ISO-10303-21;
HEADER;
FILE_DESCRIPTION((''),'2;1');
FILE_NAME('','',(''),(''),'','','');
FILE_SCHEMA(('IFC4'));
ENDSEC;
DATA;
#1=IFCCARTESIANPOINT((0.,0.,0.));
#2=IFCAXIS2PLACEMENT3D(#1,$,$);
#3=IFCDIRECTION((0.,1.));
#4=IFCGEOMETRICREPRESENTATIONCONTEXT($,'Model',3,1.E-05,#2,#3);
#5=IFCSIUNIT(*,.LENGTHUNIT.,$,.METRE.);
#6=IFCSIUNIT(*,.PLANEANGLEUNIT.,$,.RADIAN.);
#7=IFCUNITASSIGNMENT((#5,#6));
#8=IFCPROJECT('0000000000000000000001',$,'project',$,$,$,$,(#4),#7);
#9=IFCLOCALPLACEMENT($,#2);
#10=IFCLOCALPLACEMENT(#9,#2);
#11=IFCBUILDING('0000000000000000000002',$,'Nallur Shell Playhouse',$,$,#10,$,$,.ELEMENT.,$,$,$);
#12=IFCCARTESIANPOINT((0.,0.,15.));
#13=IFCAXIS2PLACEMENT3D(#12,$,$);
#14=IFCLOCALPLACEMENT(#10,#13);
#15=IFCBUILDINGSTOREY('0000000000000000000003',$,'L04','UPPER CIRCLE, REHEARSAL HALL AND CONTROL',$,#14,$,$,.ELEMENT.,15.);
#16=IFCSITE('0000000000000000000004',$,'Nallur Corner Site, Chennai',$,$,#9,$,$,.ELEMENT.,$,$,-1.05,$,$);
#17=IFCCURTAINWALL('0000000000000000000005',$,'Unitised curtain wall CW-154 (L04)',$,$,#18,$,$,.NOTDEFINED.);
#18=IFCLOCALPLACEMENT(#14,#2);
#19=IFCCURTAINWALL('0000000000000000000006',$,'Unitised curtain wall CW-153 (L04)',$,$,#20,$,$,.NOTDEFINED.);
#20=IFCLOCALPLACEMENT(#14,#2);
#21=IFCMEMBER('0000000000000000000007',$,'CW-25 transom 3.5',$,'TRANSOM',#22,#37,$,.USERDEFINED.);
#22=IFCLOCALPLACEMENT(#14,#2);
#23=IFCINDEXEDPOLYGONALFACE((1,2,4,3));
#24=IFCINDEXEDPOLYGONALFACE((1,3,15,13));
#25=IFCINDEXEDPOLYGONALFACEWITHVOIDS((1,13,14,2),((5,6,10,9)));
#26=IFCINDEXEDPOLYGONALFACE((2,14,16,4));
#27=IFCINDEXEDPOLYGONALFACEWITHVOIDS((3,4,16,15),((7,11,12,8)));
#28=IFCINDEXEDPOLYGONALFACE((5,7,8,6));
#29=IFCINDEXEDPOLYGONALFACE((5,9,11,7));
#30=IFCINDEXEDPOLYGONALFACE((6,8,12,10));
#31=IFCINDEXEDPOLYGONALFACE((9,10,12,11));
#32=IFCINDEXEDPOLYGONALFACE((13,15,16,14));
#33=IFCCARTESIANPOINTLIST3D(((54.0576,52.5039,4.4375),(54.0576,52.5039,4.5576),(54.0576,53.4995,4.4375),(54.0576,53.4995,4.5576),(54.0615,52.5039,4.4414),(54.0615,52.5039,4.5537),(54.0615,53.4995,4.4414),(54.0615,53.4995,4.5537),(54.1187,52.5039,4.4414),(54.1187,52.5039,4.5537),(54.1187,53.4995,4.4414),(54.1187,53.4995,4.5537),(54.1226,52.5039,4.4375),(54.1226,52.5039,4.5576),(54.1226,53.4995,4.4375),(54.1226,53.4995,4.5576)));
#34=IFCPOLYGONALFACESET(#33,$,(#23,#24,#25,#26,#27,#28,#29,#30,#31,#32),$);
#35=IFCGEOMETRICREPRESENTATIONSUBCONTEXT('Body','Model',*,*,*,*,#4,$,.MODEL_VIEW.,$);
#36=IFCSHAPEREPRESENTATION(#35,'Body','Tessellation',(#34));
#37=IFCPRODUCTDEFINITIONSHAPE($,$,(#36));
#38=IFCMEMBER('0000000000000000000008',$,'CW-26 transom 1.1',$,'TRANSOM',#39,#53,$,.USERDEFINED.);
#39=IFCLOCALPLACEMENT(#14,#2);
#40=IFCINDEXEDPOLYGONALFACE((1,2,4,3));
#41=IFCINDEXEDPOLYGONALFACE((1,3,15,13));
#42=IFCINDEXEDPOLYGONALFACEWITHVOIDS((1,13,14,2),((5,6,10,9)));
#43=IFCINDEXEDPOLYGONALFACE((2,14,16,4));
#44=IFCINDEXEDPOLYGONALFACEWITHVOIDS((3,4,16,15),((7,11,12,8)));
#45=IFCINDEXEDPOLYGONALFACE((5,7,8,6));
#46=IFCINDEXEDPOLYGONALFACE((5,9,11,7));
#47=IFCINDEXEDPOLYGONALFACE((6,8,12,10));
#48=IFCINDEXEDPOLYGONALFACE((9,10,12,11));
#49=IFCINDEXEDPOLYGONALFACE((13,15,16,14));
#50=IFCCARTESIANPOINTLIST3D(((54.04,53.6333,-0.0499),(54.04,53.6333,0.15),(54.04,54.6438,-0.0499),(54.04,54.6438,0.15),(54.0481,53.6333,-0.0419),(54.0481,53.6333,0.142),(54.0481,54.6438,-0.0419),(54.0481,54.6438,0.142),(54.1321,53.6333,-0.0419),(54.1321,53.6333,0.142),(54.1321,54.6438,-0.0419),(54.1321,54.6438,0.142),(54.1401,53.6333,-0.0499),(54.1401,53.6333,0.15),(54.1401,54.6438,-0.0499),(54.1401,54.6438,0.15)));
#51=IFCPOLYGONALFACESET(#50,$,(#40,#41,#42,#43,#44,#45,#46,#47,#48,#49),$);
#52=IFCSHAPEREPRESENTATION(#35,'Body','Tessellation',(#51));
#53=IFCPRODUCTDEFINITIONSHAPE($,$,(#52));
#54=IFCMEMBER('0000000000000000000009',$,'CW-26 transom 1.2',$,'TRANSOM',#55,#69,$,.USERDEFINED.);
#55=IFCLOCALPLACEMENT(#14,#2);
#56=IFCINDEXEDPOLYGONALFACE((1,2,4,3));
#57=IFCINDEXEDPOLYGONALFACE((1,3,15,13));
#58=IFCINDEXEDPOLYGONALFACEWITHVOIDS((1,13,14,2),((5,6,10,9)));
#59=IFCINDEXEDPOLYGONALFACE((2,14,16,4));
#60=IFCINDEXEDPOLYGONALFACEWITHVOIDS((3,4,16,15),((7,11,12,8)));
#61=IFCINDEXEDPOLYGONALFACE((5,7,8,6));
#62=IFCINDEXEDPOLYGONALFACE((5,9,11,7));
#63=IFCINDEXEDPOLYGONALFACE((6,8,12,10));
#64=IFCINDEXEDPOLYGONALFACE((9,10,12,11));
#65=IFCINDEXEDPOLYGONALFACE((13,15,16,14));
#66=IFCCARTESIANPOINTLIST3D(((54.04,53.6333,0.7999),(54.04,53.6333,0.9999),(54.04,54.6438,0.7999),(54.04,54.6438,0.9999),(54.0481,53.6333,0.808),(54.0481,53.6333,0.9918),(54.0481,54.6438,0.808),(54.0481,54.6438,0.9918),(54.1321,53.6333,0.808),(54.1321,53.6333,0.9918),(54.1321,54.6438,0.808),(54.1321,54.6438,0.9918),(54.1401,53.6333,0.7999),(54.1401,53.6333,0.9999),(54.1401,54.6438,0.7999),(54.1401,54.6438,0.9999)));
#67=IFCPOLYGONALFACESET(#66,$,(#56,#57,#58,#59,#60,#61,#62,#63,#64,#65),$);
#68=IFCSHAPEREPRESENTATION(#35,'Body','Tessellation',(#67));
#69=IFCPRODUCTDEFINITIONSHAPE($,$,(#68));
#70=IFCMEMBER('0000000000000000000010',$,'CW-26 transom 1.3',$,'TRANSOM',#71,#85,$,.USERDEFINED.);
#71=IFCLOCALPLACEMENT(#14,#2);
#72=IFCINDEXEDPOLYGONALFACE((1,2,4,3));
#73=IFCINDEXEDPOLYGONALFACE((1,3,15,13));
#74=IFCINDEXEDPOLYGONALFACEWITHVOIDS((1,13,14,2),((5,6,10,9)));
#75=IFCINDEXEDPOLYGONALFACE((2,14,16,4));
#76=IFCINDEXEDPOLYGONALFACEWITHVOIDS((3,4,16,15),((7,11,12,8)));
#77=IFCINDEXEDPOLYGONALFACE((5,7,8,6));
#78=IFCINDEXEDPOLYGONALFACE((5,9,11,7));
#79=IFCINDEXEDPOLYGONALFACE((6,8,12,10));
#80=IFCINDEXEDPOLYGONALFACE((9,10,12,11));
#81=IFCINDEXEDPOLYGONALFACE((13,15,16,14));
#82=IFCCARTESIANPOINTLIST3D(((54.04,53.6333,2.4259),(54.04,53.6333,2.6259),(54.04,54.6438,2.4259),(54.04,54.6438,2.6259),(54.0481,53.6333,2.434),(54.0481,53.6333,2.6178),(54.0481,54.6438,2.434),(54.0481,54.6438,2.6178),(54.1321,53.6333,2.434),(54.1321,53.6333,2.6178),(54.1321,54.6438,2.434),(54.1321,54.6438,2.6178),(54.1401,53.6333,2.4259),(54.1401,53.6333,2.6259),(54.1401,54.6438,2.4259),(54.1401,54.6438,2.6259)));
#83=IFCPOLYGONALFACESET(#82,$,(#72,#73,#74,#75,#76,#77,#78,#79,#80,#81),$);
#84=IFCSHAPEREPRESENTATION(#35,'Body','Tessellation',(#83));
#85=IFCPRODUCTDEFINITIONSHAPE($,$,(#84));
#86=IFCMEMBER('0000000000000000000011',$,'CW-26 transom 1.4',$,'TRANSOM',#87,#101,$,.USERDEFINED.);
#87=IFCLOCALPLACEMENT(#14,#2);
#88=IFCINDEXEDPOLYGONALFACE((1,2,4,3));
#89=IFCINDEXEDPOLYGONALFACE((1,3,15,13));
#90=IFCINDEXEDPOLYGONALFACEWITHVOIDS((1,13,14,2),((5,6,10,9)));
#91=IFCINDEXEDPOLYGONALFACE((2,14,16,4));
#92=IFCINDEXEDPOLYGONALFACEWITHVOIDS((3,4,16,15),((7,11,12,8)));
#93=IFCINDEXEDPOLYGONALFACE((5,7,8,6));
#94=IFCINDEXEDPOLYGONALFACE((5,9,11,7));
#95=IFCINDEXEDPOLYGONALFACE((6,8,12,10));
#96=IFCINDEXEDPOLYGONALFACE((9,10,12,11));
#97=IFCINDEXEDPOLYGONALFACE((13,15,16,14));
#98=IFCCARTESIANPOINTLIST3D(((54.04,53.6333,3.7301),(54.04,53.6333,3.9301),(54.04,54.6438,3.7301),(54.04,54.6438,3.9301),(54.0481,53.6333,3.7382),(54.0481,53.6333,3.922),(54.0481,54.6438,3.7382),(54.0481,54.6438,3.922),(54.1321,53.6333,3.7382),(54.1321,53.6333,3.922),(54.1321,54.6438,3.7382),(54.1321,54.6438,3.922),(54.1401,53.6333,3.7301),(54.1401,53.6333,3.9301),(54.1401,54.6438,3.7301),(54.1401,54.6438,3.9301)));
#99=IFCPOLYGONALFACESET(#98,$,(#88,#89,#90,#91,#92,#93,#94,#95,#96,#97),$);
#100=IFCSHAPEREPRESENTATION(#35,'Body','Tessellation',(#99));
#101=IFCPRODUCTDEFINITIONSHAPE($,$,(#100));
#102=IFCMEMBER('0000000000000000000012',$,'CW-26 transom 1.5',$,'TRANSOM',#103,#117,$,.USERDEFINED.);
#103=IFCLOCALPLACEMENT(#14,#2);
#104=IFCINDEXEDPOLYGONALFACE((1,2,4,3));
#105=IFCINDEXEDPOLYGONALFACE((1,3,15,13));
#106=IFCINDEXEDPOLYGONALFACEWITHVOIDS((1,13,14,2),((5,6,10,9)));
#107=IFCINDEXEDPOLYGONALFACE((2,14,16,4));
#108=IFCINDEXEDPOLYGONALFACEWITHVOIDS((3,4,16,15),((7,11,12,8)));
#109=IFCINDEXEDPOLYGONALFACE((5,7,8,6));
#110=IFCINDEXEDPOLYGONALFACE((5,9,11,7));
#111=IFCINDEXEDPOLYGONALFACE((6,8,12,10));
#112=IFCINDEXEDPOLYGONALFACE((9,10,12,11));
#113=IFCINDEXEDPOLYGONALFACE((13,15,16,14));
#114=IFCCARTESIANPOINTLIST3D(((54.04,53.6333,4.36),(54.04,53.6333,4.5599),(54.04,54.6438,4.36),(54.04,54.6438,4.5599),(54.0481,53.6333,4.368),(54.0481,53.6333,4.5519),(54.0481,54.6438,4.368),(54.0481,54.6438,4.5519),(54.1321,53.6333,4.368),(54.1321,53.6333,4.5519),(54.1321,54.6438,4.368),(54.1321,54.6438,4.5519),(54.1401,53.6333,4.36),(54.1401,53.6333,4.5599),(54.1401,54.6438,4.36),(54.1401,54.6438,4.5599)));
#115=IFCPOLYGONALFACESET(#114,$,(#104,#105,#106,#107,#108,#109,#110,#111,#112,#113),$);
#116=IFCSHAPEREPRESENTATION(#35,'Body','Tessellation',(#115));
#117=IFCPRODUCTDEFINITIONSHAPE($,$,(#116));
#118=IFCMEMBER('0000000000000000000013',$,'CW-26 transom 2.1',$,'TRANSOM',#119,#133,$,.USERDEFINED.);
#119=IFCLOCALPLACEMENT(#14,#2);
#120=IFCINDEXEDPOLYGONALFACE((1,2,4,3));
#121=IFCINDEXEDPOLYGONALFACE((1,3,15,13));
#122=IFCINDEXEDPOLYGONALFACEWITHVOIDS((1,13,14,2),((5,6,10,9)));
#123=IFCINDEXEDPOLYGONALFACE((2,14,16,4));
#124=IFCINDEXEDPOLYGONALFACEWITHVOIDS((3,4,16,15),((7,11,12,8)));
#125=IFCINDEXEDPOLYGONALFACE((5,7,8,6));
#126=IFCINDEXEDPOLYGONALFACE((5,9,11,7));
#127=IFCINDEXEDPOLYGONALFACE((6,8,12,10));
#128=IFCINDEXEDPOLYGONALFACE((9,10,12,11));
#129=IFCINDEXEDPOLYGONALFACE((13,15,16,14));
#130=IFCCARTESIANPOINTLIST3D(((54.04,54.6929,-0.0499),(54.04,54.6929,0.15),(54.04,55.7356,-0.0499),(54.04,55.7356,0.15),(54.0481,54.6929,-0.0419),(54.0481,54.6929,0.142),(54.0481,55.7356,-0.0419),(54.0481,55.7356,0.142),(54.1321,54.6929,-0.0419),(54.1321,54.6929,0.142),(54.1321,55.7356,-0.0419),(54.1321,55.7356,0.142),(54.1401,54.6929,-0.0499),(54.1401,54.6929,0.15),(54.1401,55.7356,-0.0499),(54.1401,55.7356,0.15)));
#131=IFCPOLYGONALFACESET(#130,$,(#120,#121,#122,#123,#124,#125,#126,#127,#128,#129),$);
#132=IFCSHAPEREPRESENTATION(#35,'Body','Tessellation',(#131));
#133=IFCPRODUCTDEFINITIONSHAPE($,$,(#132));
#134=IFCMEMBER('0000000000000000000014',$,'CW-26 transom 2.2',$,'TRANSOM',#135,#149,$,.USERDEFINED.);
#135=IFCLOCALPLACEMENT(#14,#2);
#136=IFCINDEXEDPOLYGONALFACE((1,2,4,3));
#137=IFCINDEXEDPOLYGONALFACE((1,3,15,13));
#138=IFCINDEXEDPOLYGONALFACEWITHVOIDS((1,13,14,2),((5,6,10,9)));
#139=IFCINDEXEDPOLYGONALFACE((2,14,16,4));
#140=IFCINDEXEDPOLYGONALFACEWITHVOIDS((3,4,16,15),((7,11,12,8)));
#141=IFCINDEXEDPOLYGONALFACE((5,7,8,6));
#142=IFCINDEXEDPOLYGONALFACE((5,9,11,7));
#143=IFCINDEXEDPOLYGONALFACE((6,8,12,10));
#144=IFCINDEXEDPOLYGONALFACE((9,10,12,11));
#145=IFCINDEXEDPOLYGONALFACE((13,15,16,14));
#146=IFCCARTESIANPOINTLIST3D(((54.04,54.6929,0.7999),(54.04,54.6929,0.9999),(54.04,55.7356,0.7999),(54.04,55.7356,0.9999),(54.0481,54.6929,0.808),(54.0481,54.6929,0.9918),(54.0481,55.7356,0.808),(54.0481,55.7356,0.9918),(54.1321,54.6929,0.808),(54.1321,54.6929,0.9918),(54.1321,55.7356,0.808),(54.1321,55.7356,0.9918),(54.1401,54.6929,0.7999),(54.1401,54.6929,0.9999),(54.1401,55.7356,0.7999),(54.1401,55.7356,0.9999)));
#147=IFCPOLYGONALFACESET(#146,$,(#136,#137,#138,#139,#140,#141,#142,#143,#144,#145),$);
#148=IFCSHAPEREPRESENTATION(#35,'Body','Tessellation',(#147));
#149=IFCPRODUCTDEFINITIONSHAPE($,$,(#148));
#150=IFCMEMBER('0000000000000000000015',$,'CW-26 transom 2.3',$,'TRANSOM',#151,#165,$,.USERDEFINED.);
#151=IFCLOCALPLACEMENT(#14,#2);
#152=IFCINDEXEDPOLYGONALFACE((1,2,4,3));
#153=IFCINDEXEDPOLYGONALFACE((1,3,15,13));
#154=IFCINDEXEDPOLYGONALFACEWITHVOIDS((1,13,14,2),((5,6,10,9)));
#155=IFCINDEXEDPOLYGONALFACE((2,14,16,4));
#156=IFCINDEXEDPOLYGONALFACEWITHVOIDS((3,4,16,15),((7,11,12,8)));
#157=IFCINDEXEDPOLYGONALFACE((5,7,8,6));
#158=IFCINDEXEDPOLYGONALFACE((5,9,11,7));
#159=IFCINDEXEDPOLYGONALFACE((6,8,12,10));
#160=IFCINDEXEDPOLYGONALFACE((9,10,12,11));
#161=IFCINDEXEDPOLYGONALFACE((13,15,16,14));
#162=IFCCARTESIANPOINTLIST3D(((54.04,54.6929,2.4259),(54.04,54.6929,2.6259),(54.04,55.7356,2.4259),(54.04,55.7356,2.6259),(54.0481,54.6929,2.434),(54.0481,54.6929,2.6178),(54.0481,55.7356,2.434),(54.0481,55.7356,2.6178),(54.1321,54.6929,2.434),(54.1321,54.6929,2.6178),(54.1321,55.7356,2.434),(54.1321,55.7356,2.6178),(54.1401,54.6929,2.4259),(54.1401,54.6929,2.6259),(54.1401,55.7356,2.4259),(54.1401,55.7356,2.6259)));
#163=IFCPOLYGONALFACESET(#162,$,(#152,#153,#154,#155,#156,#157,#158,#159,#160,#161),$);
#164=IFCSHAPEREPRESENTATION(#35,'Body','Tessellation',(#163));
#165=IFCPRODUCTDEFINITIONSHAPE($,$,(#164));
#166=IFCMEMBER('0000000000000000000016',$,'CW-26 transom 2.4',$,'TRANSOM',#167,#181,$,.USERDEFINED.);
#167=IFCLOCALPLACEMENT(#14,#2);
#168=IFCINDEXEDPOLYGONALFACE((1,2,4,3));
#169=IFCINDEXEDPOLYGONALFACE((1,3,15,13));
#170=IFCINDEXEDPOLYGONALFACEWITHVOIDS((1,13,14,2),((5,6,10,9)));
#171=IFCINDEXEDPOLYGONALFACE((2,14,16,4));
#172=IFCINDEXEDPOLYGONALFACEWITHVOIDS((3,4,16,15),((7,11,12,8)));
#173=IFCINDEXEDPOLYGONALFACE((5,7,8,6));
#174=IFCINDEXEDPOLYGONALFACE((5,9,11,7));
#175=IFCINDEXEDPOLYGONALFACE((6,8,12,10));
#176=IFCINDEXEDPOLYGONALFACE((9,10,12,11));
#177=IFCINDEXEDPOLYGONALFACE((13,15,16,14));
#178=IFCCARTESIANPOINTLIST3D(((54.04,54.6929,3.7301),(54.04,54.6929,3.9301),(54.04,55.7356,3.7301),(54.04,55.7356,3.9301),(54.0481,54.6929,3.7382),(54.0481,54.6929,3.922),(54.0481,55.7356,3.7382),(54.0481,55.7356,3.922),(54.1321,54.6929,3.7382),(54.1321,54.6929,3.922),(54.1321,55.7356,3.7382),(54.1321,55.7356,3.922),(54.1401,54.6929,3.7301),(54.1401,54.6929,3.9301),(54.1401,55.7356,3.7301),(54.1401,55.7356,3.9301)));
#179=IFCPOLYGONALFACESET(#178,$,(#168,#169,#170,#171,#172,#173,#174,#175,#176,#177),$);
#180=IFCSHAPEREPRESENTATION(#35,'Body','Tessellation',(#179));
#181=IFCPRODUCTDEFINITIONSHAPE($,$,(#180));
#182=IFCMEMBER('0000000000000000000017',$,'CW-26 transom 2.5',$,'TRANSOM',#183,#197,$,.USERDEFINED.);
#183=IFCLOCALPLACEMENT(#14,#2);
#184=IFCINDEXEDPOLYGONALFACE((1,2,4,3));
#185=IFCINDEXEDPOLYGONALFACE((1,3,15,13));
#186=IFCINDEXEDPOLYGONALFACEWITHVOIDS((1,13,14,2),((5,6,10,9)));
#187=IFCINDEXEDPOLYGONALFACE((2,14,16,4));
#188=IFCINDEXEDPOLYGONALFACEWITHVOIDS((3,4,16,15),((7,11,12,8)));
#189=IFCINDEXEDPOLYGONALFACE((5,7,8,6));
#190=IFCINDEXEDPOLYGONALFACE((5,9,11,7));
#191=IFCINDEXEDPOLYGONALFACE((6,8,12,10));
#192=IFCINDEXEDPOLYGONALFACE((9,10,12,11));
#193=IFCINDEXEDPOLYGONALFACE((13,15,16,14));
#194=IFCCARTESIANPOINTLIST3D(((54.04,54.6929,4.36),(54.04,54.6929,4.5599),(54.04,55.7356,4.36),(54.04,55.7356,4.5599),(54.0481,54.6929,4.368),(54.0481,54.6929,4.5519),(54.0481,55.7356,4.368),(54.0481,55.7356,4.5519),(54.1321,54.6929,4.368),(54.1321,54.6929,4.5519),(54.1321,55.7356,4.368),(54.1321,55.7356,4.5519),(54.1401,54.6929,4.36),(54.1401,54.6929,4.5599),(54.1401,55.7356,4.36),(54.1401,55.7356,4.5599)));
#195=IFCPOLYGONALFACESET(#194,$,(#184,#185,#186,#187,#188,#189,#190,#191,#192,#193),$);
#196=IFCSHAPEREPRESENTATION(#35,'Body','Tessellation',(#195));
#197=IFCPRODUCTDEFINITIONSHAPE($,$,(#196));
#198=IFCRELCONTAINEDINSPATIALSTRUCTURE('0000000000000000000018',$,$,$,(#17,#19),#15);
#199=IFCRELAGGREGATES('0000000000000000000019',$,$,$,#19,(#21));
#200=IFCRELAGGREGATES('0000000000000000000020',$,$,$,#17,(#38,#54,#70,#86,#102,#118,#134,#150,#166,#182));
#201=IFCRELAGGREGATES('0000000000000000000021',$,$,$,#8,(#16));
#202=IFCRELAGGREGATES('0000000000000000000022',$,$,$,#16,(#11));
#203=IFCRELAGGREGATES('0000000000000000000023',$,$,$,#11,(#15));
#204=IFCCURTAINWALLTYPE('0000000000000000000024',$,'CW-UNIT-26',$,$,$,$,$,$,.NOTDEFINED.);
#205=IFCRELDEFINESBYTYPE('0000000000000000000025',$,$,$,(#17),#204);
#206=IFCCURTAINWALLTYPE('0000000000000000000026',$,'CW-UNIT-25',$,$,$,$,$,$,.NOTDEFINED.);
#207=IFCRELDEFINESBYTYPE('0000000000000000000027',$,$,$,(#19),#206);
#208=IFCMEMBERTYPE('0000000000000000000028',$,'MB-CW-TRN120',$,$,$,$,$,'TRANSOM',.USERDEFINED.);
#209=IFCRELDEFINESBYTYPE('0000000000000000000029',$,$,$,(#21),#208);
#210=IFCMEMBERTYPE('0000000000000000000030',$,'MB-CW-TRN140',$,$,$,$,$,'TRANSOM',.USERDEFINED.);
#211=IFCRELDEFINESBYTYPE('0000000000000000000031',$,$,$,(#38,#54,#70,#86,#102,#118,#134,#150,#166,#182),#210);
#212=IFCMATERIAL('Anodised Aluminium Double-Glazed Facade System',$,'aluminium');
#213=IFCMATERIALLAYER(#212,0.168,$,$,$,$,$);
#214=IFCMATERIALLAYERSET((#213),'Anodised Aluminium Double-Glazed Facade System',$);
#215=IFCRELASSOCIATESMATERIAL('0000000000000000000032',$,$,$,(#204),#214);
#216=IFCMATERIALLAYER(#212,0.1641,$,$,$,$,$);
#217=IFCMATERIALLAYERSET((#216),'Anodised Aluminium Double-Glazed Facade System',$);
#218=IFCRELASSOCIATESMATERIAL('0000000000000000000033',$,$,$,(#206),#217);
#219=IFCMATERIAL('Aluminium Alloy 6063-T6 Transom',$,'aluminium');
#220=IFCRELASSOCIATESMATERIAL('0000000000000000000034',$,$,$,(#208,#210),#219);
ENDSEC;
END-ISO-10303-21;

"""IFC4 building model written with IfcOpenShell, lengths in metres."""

from ifc_helpers import new_model, si_unit, direction, frame, origin, origin_2d, place, context, subcontext, project, spatial, hollow_rectangle, extrude, material, layer, layer_set, material_profile, profile_set, type_object, element, aggregate, save


model = new_model("IFC4")

# Units and contexts
model_context = context("Model", 3, precision=1e-05, world=origin(), true_north=direction((0.0, 1.0)))
body_context = subcontext(model_context, "Body", "Model", "MODEL_VIEW")
ifc_project = project(units=[si_unit("LENGTHUNIT", "METRE"), si_unit("PLANEANGLEUNIT", "RADIAN")], contexts=[model_context])

# Site, building, storey
site_placement = place(None, origin())
site = spatial("IfcSite", under=ifc_project, at=site_placement, Name="Nallur Corner Site, Chennai", CompositionType="ELEMENT", RefElevation=-1.05)
building_placement = place(site_placement, origin())
building = spatial("IfcBuilding", under=site, at=building_placement, Name="Nallur Shell Playhouse", CompositionType="ELEMENT")
storey_placement = place(building_placement, frame((0.0, 0.0, 15.0)))
storey = spatial("IfcBuildingStorey", under=building, at=storey_placement, Name="L04", Description="UPPER CIRCLE, REHEARSAL HALL AND CONTROL", CompositionType="ELEMENT", Elevation=15.0)

# Curtain walls, member
ifc_material_1 = material(Name="Anodised Aluminium Double-Glazed Facade System", Category="aluminium")
ifc_layer_1 = layer(ifc_material_1, 0.168)
ifc_layer_set_1 = layer_set([ifc_layer_1], Name="Anodised Aluminium Double-Glazed Facade System")
curtain_wall_type_1 = type_object("IfcCurtainWallType", Name="CW-UNIT-26", PredefinedType="NOTDEFINED", material=ifc_layer_set_1)
curtain_wall_1_placement = place(storey_placement, origin())
curtain_wall_1 = element("IfcCurtainWall", 1, at=curtain_wall_1_placement, inside=storey, type_object=curtain_wall_type_1, Name="Unitised curtain wall CW-154 (L04)", PredefinedType="NOTDEFINED")
ifc_layer_2 = layer(ifc_material_1, 0.1641)
ifc_layer_set_2 = layer_set([ifc_layer_2], Name="Anodised Aluminium Double-Glazed Facade System")
curtain_wall_type_2 = type_object("IfcCurtainWallType", Name="CW-UNIT-25", PredefinedType="NOTDEFINED", material=ifc_layer_set_2)
curtain_wall_2_placement = place(storey_placement, origin())
curtain_wall_2 = element("IfcCurtainWall", 2, at=curtain_wall_2_placement, inside=storey, type_object=curtain_wall_type_2, Name="Unitised curtain wall CW-153 (L04)", PredefinedType="NOTDEFINED")
ifc_material_2 = material(Name="Aluminium Alloy 6063-T6 Transom", Category="aluminium")
ifc_material_profile_1 = material_profile(ifc_material_2, hollow_rectangle(XDim=0.0649, YDim=0.1201, WallThickness=0.0039, at=origin_2d()), Name="ALU 65x120x4")
ifc_profile_set_1 = profile_set([ifc_material_profile_1], Name="Aluminium Alloy 6063-T6 Transom")
member_type_1 = type_object("IfcMemberType", Name="MB-CW-TRN120", ElementType="TRANSOM", PredefinedType="USERDEFINED", material=ifc_profile_set_1)
member_1_placement = place(storey_placement, frame((54.0901, 52.5039, 4.4976), z_axis=(0.0, 1.0, 0.0), x_axis=(-1.0, 0.0, 0.0)))
member_1 = element("IfcMember", 3, at=member_1_placement, type_object=member_type_1, Name="CW-25 transom 3.5", ObjectType="TRANSOM", PredefinedType="USERDEFINED", context=body_context, shape_type="SweptSolid", body=[
    extrude(hollow_rectangle(XDim=0.0649, YDim=0.1201, WallThickness=0.0039, at=origin_2d()), origin(), (0.0, 0.0, 1.0), 0.9956),
])

# Members
ifc_material_profile_2 = material_profile(ifc_material_2, hollow_rectangle(XDim=0.1001, YDim=0.2, WallThickness=0.0081, at=origin_2d()), Name="RHS 200x100x8")
ifc_profile_set_2 = profile_set([ifc_material_profile_2], Name="Aluminium Alloy 6063-T6 Transom")
member_type_2 = type_object("IfcMemberType", Name="MB-CW-TRN140", ElementType="TRANSOM", PredefinedType="USERDEFINED", material=ifc_profile_set_2)
member_2_placement = place(storey_placement, frame((54.0901, 53.6333, 0.05), z_axis=(0.0, 1.0, 0.0), x_axis=(-1.0, 0.0, 0.0)))
member_2 = element("IfcMember", 4, at=member_2_placement, type_object=member_type_2, Name="CW-26 transom 1.1", ObjectType="TRANSOM", PredefinedType="USERDEFINED", context=body_context, shape_type="SweptSolid", body=[
    extrude(hollow_rectangle(XDim=0.1001, YDim=0.2, WallThickness=0.0081, at=origin_2d()), origin(), (0.0, 0.0, 1.0), 1.0105),
])
member_3_placement = place(storey_placement, frame((54.0901, 53.6333, 0.8999), z_axis=(0.0, 1.0, 0.0), x_axis=(-1.0, 0.0, 0.0)))
member_3 = element("IfcMember", 5, at=member_3_placement, type_object=member_type_2, Name="CW-26 transom 1.2", ObjectType="TRANSOM", PredefinedType="USERDEFINED", context=body_context, shape_type="SweptSolid", body=[
    extrude(hollow_rectangle(XDim=0.1001, YDim=0.2, WallThickness=0.0081, at=origin_2d()), origin(), (0.0, 0.0, 1.0), 1.0105),
])
member_4_placement = place(storey_placement, frame((54.0901, 53.6333, 2.5259), z_axis=(0.0, 1.0, 0.0), x_axis=(-1.0, 0.0, 0.0)))
member_4 = element("IfcMember", 6, at=member_4_placement, type_object=member_type_2, Name="CW-26 transom 1.3", ObjectType="TRANSOM", PredefinedType="USERDEFINED", context=body_context, shape_type="SweptSolid", body=[
    extrude(hollow_rectangle(XDim=0.1001, YDim=0.2, WallThickness=0.0081, at=origin_2d()), origin(), (0.0, 0.0, 1.0), 1.0105),
])
member_5_placement = place(storey_placement, frame((54.0901, 53.6333, 3.8301), z_axis=(0.0, 1.0, 0.0), x_axis=(-1.0, 0.0, 0.0)))
member_5 = element("IfcMember", 7, at=member_5_placement, type_object=member_type_2, Name="CW-26 transom 1.4", ObjectType="TRANSOM", PredefinedType="USERDEFINED", context=body_context, shape_type="SweptSolid", body=[
    extrude(hollow_rectangle(XDim=0.1001, YDim=0.2, WallThickness=0.0081, at=origin_2d()), origin(), (0.0, 0.0, 1.0), 1.0105),
])
member_6_placement = place(storey_placement, frame((54.0901, 53.6333, 4.46), z_axis=(0.0, 1.0, 0.0), x_axis=(-1.0, 0.0, 0.0)))
member_6 = element("IfcMember", 8, at=member_6_placement, type_object=member_type_2, Name="CW-26 transom 1.5", ObjectType="TRANSOM", PredefinedType="USERDEFINED", context=body_context, shape_type="SweptSolid", body=[
    extrude(hollow_rectangle(XDim=0.1001, YDim=0.2, WallThickness=0.0081, at=origin_2d()), origin(), (0.0, 0.0, 1.0), 1.0105),
])
member_7_placement = place(storey_placement, frame((54.0901, 54.6929, 0.05), z_axis=(0.0, 1.0, 0.0), x_axis=(-1.0, 0.0, 0.0)))
member_7 = element("IfcMember", 9, at=member_7_placement, type_object=member_type_2, Name="CW-26 transom 2.1", ObjectType="TRANSOM", PredefinedType="USERDEFINED", context=body_context, shape_type="SweptSolid", body=[
    extrude(hollow_rectangle(XDim=0.1001, YDim=0.2, WallThickness=0.0081, at=origin_2d()), origin(), (0.0, 0.0, 1.0), 1.0427),
])
member_8_placement = place(storey_placement, frame((54.0901, 54.6929, 0.8999), z_axis=(0.0, 1.0, 0.0), x_axis=(-1.0, 0.0, 0.0)))
member_8 = element("IfcMember", 10, at=member_8_placement, type_object=member_type_2, Name="CW-26 transom 2.2", ObjectType="TRANSOM", PredefinedType="USERDEFINED", context=body_context, shape_type="SweptSolid", body=[
    extrude(hollow_rectangle(XDim=0.1001, YDim=0.2, WallThickness=0.0081, at=origin_2d()), origin(), (0.0, 0.0, 1.0), 1.0427),
])
member_9_placement = place(storey_placement, frame((54.0901, 54.6929, 2.5259), z_axis=(0.0, 1.0, 0.0), x_axis=(-1.0, 0.0, 0.0)))
member_9 = element("IfcMember", 11, at=member_9_placement, type_object=member_type_2, Name="CW-26 transom 2.3", ObjectType="TRANSOM", PredefinedType="USERDEFINED", context=body_context, shape_type="SweptSolid", body=[
    extrude(hollow_rectangle(XDim=0.1001, YDim=0.2, WallThickness=0.0081, at=origin_2d()), origin(), (0.0, 0.0, 1.0), 1.0427),
])
member_10_placement = place(storey_placement, frame((54.0901, 54.6929, 3.8301), z_axis=(0.0, 1.0, 0.0), x_axis=(-1.0, 0.0, 0.0)))
member_10 = element("IfcMember", 12, at=member_10_placement, type_object=member_type_2, Name="CW-26 transom 2.4", ObjectType="TRANSOM", PredefinedType="USERDEFINED", context=body_context, shape_type="SweptSolid", body=[
    extrude(hollow_rectangle(XDim=0.1001, YDim=0.2, WallThickness=0.0081, at=origin_2d()), origin(), (0.0, 0.0, 1.0), 1.0427),
])
member_11_placement = place(storey_placement, frame((54.0901, 54.6929, 4.46), z_axis=(0.0, 1.0, 0.0), x_axis=(-1.0, 0.0, 0.0)))
member_11 = element("IfcMember", 13, at=member_11_placement, type_object=member_type_2, Name="CW-26 transom 2.5", ObjectType="TRANSOM", PredefinedType="USERDEFINED", context=body_context, shape_type="SweptSolid", body=[
    extrude(hollow_rectangle(XDim=0.1001, YDim=0.2, WallThickness=0.0081, at=origin_2d()), origin(), (0.0, 0.0, 1.0), 1.0427),
])

aggregate(curtain_wall_2, [member_1])
aggregate(curtain_wall_1, [member_2, member_3, member_4, member_5, member_6, member_7, member_8, member_9, member_10, member_11])

save(model, "model.ifc")
